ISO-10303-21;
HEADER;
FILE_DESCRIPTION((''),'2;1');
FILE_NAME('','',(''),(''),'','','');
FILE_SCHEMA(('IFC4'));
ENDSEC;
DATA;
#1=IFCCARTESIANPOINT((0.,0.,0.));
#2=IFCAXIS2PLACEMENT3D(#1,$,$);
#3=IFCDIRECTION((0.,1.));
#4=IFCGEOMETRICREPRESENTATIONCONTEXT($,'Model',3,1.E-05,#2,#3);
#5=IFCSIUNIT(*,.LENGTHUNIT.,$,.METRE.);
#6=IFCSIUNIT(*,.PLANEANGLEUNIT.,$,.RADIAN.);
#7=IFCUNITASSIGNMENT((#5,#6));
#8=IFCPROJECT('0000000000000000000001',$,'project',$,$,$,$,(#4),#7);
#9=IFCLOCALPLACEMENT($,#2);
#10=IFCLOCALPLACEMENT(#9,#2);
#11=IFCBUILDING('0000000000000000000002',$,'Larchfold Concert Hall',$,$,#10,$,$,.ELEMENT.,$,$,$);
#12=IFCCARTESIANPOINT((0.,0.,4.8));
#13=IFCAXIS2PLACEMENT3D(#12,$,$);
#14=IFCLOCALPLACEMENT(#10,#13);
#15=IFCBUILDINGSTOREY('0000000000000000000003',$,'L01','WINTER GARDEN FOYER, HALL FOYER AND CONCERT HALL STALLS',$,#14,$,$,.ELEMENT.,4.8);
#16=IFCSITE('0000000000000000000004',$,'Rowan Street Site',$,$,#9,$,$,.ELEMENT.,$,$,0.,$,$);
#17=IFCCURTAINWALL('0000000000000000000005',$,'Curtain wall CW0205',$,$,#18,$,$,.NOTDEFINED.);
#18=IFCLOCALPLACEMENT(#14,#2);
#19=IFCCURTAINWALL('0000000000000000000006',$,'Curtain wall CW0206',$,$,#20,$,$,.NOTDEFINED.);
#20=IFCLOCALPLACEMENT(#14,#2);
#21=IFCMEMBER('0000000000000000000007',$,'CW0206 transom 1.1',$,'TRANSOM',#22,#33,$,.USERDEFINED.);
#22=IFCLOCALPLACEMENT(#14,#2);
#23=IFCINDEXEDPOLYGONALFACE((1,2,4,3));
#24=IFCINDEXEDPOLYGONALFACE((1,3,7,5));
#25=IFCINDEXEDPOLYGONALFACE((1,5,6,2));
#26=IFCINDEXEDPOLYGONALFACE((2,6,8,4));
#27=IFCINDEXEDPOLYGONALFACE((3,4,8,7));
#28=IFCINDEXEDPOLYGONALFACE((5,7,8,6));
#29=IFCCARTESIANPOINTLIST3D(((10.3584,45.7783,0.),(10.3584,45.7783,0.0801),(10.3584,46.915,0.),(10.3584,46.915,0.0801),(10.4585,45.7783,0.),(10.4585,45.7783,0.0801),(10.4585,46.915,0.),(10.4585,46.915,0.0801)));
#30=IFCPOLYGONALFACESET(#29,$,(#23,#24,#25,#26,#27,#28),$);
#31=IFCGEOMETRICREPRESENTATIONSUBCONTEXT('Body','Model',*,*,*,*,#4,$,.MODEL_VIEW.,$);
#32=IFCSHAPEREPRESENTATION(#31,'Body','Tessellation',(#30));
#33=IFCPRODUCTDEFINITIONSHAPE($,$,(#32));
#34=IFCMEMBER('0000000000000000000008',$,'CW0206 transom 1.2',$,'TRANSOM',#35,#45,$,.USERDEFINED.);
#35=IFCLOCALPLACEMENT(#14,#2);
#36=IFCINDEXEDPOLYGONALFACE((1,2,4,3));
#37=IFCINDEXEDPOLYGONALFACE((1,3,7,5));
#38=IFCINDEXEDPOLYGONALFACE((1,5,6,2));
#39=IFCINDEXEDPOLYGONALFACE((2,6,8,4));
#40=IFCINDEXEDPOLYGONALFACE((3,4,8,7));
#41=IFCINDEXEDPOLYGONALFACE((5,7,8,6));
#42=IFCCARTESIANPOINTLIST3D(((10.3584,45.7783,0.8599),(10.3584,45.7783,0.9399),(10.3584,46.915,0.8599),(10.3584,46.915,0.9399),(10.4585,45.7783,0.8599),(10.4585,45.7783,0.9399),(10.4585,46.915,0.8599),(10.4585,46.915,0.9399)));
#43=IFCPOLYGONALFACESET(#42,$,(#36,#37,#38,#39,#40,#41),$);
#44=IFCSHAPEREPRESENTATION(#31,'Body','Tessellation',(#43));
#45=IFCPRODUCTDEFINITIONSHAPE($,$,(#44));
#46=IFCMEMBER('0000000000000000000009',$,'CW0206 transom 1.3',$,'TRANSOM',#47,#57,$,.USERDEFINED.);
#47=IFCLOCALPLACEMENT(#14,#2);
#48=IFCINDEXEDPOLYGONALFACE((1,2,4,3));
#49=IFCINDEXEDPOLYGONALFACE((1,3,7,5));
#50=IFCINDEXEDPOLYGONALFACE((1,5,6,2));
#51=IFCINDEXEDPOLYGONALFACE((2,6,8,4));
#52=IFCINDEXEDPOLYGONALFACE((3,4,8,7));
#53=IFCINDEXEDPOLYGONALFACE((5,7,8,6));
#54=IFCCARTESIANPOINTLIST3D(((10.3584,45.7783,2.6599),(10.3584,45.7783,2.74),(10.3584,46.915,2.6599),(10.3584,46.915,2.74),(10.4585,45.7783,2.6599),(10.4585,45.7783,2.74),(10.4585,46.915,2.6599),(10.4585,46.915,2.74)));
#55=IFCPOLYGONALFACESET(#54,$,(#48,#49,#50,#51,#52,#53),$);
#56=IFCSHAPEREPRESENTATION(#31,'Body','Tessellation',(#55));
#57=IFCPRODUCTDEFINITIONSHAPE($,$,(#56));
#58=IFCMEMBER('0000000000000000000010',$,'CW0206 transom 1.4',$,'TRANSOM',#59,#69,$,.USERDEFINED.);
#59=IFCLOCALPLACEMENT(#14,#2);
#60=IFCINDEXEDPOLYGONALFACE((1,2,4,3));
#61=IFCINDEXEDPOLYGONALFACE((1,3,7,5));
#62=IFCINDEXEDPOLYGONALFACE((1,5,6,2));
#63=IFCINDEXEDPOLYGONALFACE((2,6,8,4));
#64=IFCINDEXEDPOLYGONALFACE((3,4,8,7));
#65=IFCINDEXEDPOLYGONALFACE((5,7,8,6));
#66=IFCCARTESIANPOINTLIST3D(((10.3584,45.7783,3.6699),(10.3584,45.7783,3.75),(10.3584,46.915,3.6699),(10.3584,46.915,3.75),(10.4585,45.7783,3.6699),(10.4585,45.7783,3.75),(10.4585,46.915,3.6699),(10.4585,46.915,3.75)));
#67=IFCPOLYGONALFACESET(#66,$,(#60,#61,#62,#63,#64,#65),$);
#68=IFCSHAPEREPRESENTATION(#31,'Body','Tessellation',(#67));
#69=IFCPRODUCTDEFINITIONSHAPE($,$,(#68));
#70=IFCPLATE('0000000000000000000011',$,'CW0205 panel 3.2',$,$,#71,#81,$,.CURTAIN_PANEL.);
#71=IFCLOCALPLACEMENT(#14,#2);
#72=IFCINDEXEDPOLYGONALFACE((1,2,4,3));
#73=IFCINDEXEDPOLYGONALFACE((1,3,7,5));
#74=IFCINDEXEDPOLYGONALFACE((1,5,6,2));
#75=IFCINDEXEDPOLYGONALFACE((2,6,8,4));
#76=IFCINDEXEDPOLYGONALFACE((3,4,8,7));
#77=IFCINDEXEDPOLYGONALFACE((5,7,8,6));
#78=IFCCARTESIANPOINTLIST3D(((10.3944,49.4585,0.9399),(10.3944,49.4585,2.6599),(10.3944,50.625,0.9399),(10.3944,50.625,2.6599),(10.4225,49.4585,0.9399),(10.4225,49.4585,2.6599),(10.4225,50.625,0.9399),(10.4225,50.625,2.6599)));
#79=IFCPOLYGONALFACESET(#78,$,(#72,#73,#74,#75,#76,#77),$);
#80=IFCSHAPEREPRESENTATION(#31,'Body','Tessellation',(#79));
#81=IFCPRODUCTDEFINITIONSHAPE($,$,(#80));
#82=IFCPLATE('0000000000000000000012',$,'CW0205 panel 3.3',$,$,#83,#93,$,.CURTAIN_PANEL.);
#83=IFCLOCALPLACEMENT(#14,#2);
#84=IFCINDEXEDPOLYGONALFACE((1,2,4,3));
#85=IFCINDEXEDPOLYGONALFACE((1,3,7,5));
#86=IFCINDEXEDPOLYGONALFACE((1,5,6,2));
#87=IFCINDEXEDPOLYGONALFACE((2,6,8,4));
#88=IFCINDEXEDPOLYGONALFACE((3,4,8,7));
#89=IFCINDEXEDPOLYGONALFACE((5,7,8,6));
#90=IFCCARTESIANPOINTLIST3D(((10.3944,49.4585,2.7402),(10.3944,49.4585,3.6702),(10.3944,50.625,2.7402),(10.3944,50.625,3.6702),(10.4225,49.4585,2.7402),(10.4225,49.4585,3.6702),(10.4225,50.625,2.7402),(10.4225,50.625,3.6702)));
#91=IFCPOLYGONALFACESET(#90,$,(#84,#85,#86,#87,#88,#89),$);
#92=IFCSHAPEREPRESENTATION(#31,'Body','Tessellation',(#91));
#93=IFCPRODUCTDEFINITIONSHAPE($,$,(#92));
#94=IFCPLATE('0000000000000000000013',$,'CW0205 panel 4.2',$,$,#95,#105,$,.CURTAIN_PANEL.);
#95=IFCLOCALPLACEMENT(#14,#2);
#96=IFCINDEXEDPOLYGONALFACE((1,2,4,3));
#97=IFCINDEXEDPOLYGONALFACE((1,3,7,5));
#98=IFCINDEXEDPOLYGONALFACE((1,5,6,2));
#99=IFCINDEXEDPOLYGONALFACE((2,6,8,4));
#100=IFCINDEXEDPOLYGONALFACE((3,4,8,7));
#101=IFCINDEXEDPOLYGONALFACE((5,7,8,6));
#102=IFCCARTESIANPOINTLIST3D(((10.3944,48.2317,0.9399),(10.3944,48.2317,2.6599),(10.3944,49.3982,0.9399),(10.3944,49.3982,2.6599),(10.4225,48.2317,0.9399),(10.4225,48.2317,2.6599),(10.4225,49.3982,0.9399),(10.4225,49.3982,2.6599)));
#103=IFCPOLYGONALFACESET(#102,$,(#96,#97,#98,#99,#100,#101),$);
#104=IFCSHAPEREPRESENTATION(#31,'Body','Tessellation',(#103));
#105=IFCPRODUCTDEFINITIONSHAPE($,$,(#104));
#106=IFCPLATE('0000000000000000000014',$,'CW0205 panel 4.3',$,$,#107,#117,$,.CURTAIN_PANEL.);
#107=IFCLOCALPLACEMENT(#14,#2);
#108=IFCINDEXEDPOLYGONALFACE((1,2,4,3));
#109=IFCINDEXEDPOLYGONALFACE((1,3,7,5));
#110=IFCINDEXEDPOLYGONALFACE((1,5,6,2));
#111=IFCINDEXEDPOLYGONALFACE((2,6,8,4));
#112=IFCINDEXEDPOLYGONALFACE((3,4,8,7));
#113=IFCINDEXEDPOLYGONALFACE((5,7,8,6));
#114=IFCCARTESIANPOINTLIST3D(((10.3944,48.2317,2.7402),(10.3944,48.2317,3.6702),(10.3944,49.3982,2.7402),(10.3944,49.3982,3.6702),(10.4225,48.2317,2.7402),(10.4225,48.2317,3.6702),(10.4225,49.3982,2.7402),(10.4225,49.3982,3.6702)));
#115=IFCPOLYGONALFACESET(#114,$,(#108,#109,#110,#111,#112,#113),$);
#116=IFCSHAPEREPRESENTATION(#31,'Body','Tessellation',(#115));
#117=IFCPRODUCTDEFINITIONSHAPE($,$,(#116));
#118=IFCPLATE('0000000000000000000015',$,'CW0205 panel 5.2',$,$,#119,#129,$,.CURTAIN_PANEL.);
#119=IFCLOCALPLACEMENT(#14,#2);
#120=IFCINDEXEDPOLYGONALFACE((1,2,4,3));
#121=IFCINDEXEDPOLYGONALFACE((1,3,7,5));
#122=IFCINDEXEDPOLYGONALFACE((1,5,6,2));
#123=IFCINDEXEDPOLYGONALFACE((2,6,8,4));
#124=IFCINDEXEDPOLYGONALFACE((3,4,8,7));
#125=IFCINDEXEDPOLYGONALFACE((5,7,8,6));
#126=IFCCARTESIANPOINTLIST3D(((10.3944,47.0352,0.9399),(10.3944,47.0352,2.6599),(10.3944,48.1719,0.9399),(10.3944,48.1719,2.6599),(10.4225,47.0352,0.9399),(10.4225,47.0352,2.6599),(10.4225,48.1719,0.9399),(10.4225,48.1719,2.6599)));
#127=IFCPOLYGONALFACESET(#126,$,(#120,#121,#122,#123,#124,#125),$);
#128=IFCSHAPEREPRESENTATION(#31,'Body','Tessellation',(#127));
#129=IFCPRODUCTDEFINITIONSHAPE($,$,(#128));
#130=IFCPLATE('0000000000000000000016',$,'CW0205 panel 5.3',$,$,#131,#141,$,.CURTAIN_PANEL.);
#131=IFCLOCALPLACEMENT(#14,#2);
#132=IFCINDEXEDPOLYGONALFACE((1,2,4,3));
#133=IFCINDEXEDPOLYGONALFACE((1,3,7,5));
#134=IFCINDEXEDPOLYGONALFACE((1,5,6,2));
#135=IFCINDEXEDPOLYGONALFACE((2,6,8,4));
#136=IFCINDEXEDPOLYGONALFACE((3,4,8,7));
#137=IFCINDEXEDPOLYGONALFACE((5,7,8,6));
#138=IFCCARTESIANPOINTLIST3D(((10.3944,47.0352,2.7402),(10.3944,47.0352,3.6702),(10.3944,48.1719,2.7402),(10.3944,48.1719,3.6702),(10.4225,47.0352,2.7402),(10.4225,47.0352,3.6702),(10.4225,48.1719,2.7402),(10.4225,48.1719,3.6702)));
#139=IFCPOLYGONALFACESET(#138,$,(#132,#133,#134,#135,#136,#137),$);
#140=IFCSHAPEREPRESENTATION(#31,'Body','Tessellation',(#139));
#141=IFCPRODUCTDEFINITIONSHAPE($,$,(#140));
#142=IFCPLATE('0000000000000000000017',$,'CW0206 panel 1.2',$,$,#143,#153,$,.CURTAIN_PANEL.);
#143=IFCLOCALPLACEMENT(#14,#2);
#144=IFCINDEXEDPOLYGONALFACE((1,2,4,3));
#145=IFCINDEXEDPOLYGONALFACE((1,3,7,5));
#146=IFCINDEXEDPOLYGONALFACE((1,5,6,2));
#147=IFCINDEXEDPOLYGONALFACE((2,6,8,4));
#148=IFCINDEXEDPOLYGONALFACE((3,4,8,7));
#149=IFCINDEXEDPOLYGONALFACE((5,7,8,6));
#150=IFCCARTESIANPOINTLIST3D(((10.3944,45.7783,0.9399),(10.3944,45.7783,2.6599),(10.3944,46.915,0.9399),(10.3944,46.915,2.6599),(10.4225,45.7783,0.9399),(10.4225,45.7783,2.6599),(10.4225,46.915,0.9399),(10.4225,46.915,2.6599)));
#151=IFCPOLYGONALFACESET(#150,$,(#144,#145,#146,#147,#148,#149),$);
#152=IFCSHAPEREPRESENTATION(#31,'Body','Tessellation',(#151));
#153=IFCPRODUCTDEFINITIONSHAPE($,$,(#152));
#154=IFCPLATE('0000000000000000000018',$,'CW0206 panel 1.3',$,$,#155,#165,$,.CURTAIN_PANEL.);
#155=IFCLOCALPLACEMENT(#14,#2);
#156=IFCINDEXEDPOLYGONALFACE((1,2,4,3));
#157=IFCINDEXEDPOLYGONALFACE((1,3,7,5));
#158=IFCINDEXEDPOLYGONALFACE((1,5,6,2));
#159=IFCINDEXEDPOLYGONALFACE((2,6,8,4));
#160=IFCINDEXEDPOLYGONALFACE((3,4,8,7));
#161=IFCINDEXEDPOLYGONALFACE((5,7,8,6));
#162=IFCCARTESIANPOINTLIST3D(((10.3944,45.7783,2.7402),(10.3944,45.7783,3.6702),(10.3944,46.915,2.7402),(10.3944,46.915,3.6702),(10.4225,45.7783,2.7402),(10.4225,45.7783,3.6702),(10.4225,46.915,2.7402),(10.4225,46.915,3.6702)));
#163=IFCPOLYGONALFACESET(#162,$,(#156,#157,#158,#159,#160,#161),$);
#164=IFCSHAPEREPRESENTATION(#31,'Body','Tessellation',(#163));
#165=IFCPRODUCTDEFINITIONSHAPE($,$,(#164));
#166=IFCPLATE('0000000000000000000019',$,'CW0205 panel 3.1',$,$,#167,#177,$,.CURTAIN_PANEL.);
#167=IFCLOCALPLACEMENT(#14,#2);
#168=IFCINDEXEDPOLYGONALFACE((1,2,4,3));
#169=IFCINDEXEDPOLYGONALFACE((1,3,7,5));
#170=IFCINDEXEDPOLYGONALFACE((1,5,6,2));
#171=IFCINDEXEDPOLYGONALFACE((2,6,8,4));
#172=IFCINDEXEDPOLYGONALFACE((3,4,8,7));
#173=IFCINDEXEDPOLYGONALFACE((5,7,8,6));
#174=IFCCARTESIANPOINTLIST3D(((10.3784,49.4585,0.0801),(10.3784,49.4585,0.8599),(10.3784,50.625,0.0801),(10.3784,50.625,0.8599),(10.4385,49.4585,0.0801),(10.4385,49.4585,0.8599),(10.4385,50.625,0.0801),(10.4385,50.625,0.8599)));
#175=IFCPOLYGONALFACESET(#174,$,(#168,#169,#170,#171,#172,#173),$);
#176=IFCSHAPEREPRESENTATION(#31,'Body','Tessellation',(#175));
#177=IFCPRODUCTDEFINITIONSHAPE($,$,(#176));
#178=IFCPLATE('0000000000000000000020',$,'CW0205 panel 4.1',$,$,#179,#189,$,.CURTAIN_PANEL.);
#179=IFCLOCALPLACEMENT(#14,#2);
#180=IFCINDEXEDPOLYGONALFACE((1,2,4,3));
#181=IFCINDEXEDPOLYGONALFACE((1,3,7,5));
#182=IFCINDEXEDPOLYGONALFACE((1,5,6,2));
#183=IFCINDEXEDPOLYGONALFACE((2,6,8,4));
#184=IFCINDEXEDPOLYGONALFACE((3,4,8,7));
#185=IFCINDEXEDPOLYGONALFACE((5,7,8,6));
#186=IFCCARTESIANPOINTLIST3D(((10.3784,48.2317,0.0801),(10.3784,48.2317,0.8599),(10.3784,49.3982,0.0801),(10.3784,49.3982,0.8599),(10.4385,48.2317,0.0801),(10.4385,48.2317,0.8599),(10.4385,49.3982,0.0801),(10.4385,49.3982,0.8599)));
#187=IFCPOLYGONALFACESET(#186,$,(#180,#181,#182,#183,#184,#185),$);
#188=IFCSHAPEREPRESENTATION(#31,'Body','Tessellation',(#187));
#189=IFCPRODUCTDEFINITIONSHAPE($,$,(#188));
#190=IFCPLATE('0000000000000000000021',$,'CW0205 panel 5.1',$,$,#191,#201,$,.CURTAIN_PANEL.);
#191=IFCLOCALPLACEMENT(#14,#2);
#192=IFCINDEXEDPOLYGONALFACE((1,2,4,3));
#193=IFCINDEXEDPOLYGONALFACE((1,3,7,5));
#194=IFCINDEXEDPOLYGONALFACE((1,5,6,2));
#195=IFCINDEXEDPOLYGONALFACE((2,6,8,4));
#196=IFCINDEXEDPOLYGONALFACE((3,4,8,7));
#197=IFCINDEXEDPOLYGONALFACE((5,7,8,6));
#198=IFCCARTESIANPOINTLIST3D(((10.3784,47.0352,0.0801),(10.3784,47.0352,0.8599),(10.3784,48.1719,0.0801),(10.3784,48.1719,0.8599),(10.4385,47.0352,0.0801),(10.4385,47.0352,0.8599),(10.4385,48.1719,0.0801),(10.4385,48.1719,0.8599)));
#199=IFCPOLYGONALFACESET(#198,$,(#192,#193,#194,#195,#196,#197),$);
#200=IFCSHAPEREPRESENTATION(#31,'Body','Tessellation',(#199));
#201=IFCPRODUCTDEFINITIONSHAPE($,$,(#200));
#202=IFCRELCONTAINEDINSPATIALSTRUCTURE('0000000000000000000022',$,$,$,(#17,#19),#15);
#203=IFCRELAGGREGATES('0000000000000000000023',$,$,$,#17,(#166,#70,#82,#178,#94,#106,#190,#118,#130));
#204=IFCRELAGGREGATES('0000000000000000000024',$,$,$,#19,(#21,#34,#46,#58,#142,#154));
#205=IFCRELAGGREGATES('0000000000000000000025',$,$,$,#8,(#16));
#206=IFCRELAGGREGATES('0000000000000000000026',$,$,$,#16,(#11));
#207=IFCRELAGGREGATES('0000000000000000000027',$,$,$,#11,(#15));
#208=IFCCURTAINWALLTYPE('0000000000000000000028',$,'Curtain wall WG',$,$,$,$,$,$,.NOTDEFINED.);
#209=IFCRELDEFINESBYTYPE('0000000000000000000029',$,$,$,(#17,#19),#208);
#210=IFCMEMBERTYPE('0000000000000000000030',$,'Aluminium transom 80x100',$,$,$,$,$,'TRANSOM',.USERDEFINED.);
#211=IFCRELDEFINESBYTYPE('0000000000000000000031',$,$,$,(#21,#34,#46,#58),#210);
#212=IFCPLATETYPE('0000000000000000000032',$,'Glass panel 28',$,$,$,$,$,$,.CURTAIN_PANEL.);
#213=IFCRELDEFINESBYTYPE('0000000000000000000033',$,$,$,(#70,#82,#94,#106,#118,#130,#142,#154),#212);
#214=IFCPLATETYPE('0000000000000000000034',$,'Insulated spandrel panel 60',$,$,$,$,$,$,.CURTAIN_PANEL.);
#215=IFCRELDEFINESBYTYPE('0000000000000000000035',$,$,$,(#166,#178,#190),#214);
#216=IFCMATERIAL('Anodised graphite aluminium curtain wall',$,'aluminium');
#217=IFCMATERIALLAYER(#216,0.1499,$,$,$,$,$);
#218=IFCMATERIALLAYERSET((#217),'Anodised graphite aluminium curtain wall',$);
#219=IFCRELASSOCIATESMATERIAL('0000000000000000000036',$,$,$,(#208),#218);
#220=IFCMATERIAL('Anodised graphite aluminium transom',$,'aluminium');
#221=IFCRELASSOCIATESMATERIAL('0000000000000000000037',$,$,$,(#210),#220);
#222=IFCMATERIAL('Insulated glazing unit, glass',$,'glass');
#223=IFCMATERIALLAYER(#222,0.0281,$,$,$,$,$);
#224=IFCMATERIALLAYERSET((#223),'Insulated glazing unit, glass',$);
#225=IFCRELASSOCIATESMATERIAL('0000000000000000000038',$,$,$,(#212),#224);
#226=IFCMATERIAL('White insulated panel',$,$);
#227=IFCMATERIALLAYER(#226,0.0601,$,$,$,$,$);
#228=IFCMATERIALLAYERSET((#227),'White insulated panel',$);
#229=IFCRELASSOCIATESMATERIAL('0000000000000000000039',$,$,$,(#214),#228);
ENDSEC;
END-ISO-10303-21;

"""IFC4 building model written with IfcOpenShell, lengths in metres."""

from ifc_helpers import new_model, si_unit, direction, frame, origin, origin_2d, place, context, subcontext, project, spatial, rectangle, extrude, material, layer, layer_set, material_profile, profile_set, type_object, element, aggregate, save


model = new_model("IFC4")

# Units and contexts
model_context = context("Model", 3, precision=1e-05, world=origin(), true_north=direction((0.0, 1.0)))
body_context = subcontext(model_context, "Body", "Model", "MODEL_VIEW")
ifc_project = project(units=[si_unit("LENGTHUNIT", "METRE"), si_unit("PLANEANGLEUNIT", "RADIAN")], contexts=[model_context])

# Site, building, storey
site_placement = place(None, origin())
site = spatial("IfcSite", under=ifc_project, at=site_placement, Name="Rowan Street Site", CompositionType="ELEMENT", RefElevation=0.0)
building_placement = place(site_placement, origin())
building = spatial("IfcBuilding", under=site, at=building_placement, Name="Larchfold Concert Hall", CompositionType="ELEMENT")
storey_placement = place(building_placement, frame((0.0, 0.0, 4.8)))
storey = spatial("IfcBuildingStorey", under=building, at=storey_placement, Name="L01", Description="WINTER GARDEN FOYER, HALL FOYER AND CONCERT HALL STALLS", CompositionType="ELEMENT", Elevation=4.8)

# Curtain walls
ifc_material_1 = material(Name="Anodised graphite aluminium curtain wall", Category="aluminium")
ifc_layer_1 = layer(ifc_material_1, 0.1499)
ifc_layer_set_1 = layer_set([ifc_layer_1], Name="Anodised graphite aluminium curtain wall")
curtain_wall_type = type_object("IfcCurtainWallType", Name="Curtain wall WG", PredefinedType="NOTDEFINED", material=ifc_layer_set_1)
curtain_wall_1_placement = place(storey_placement, origin())
curtain_wall_1 = element("IfcCurtainWall", 1, at=curtain_wall_1_placement, inside=storey, type_object=curtain_wall_type, Name="Curtain wall CW0205", PredefinedType="NOTDEFINED")
curtain_wall_2_placement = place(storey_placement, origin())
curtain_wall_2 = element("IfcCurtainWall", 2, at=curtain_wall_2_placement, inside=storey, type_object=curtain_wall_type, Name="Curtain wall CW0206", PredefinedType="NOTDEFINED")

# Members
ifc_material_2 = material(Name="Anodised graphite aluminium transom", Category="aluminium")
ifc_material_profile_1 = material_profile(ifc_material_2, rectangle(XDim=0.1001, YDim=0.0801, at=origin_2d()))
ifc_profile_set_1 = profile_set([ifc_material_profile_1], Name="Anodised graphite aluminium transom")
member_type_1 = type_object("IfcMemberType", Name="Aluminium transom 80x100", ElementType="TRANSOM", PredefinedType="USERDEFINED", material=ifc_profile_set_1)
member_1_placement = place(storey_placement, frame((10.4084, 46.915, 0.04), z_axis=(0.0, -1.0, 0.0), x_axis=(1.0, 0.0, 0.0)))
member_1 = element("IfcMember", 3, at=member_1_placement, type_object=member_type_1, Name="CW0206 transom 1.1", ObjectType="TRANSOM", PredefinedType="USERDEFINED", context=body_context, shape_type="SweptSolid", body=[
    extrude(rectangle(XDim=0.1001, YDim=0.0801, at=origin_2d()), origin(), (0.0, 0.0, 1.0), 1.1367),
])
member_2_placement = place(storey_placement, frame((10.4084, 46.915, 0.8999), z_axis=(0.0, -1.0, 0.0), x_axis=(1.0, 0.0, 0.0)))
member_2 = element("IfcMember", 4, at=member_2_placement, type_object=member_type_1, Name="CW0206 transom 1.2", ObjectType="TRANSOM", PredefinedType="USERDEFINED", context=body_context, shape_type="SweptSolid", body=[
    extrude(rectangle(XDim=0.1001, YDim=0.0801, at=origin_2d()), origin(), (0.0, 0.0, 1.0), 1.1367),
])
member_3_placement = place(storey_placement, frame((10.4084, 46.915, 2.7), z_axis=(0.0, -1.0, 0.0), x_axis=(1.0, 0.0, 0.0)))
member_3 = element("IfcMember", 5, at=member_3_placement, type_object=member_type_1, Name="CW0206 transom 1.3", ObjectType="TRANSOM", PredefinedType="USERDEFINED", context=body_context, shape_type="SweptSolid", body=[
    extrude(rectangle(XDim=0.1001, YDim=0.0801, at=origin_2d()), origin(), (0.0, 0.0, 1.0), 1.1367),
])
member_4_placement = place(storey_placement, frame((10.4084, 46.915, 3.71), z_axis=(0.0, -1.0, 0.0), x_axis=(1.0, 0.0, 0.0)))
member_4 = element("IfcMember", 6, at=member_4_placement, type_object=member_type_1, Name="CW0206 transom 1.4", ObjectType="TRANSOM", PredefinedType="USERDEFINED", context=body_context, shape_type="SweptSolid", body=[
    extrude(rectangle(XDim=0.1001, YDim=0.0801, at=origin_2d()), origin(), (0.0, 0.0, 1.0), 1.1367),
])

# Plates
ifc_material_3 = material(Name="Insulated glazing unit, glass", Category="glass")
ifc_layer_2 = layer(ifc_material_3, 0.0281)
ifc_layer_set_2 = layer_set([ifc_layer_2], Name="Insulated glazing unit, glass")
plate_type_1 = type_object("IfcPlateType", Name="Glass panel 28", PredefinedType="CURTAIN_PANEL", material=ifc_layer_set_2)
plate_1_placement = place(storey_placement, frame((10.4084, 50.0417, 0.9399), z_axis=(0.0, 0.0, 1.0), x_axis=(0.0, -1.0, 0.0)))
plate_1 = element("IfcPlate", 7, at=plate_1_placement, type_object=plate_type_1, Name="CW0205 panel 3.2", PredefinedType="CURTAIN_PANEL", context=body_context, shape_type="SweptSolid", body=[
    extrude(rectangle(XDim=1.1665, YDim=0.0281, at=origin_2d()), origin(), (0.0, 0.0, 1.0), 1.72),
])
plate_2_placement = place(storey_placement, frame((10.4084, 50.0417, 2.7402), z_axis=(0.0, 0.0, 1.0), x_axis=(0.0, -1.0, 0.0)))
plate_2 = element("IfcPlate", 8, at=plate_2_placement, type_object=plate_type_1, Name="CW0205 panel 3.3", PredefinedType="CURTAIN_PANEL", context=body_context, shape_type="SweptSolid", body=[
    extrude(rectangle(XDim=1.1665, YDim=0.0281, at=origin_2d()), origin(), (0.0, 0.0, 1.0), 0.9299),
])
plate_3_placement = place(storey_placement, frame((10.4084, 48.8149, 0.9399), z_axis=(0.0, 0.0, 1.0), x_axis=(0.0, -1.0, 0.0)))
plate_3 = element("IfcPlate", 9, at=plate_3_placement, type_object=plate_type_1, Name="CW0205 panel 4.2", PredefinedType="CURTAIN_PANEL", context=body_context, shape_type="SweptSolid", body=[
    extrude(rectangle(XDim=1.1665, YDim=0.0281, at=origin_2d()), origin(), (0.0, 0.0, 1.0), 1.72),
])
plate_4_placement = place(storey_placement, frame((10.4084, 48.8149, 2.7402), z_axis=(0.0, 0.0, 1.0), x_axis=(0.0, -1.0, 0.0)))
plate_4 = element("IfcPlate", 10, at=plate_4_placement, type_object=plate_type_1, Name="CW0205 panel 4.3", PredefinedType="CURTAIN_PANEL", context=body_context, shape_type="SweptSolid", body=[
    extrude(rectangle(XDim=1.1665, YDim=0.0281, at=origin_2d()), origin(), (0.0, 0.0, 1.0), 0.9299),
])
plate_5_placement = place(storey_placement, frame((10.4084, 47.6035, 0.9399), z_axis=(0.0, 0.0, 1.0), x_axis=(0.0, -1.0, 0.0)))
plate_5 = element("IfcPlate", 11, at=plate_5_placement, type_object=plate_type_1, Name="CW0205 panel 5.2", PredefinedType="CURTAIN_PANEL", context=body_context, shape_type="SweptSolid", body=[
    extrude(rectangle(XDim=1.1367, YDim=0.0281, at=origin_2d()), origin(), (0.0, 0.0, 1.0), 1.72),
])
plate_6_placement = place(storey_placement, frame((10.4084, 47.6035, 2.7402), z_axis=(0.0, 0.0, 1.0), x_axis=(0.0, -1.0, 0.0)))
plate_6 = element("IfcPlate", 12, at=plate_6_placement, type_object=plate_type_1, Name="CW0205 panel 5.3", PredefinedType="CURTAIN_PANEL", context=body_context, shape_type="SweptSolid", body=[
    extrude(rectangle(XDim=1.1367, YDim=0.0281, at=origin_2d()), origin(), (0.0, 0.0, 1.0), 0.9299),
])
plate_7_placement = place(storey_placement, frame((10.4084, 46.3467, 0.9399), z_axis=(0.0, 0.0, 1.0), x_axis=(0.0, -1.0, 0.0)))
plate_7 = element("IfcPlate", 13, at=plate_7_placement, type_object=plate_type_1, Name="CW0206 panel 1.2", PredefinedType="CURTAIN_PANEL", context=body_context, shape_type="SweptSolid", body=[
    extrude(rectangle(XDim=1.1367, YDim=0.0281, at=origin_2d()), origin(), (0.0, 0.0, 1.0), 1.72),
])
plate_8_placement = place(storey_placement, frame((10.4084, 46.3467, 2.7402), z_axis=(0.0, 0.0, 1.0), x_axis=(0.0, -1.0, 0.0)))
plate_8 = element("IfcPlate", 14, at=plate_8_placement, type_object=plate_type_1, Name="CW0206 panel 1.3", PredefinedType="CURTAIN_PANEL", context=body_context, shape_type="SweptSolid", body=[
    extrude(rectangle(XDim=1.1367, YDim=0.0281, at=origin_2d()), origin(), (0.0, 0.0, 1.0), 0.9299),
])
ifc_material_4 = material(Name="White insulated panel")
ifc_layer_3 = layer(ifc_material_4, 0.0601)
ifc_layer_set_3 = layer_set([ifc_layer_3], Name="White insulated panel")
plate_type_2 = type_object("IfcPlateType", Name="Insulated spandrel panel 60", PredefinedType="CURTAIN_PANEL", material=ifc_layer_set_3)
plate_9_placement = place(storey_placement, frame((10.4084, 50.0417, 0.0801), z_axis=(0.0, 0.0, 1.0), x_axis=(0.0, -1.0, 0.0)))
plate_9 = element("IfcPlate", 15, at=plate_9_placement, type_object=plate_type_2, Name="CW0205 panel 3.1", PredefinedType="CURTAIN_PANEL", context=body_context, shape_type="SweptSolid", body=[
    extrude(rectangle(XDim=1.1665, YDim=0.0601, at=origin_2d()), origin(), (0.0, 0.0, 1.0), 0.7798),
])
plate_10_placement = place(storey_placement, frame((10.4084, 48.8149, 0.0801), z_axis=(0.0, 0.0, 1.0), x_axis=(0.0, -1.0, 0.0)))
plate_10 = element("IfcPlate", 16, at=plate_10_placement, type_object=plate_type_2, Name="CW0205 panel 4.1", PredefinedType="CURTAIN_PANEL", context=body_context, shape_type="SweptSolid", body=[
    extrude(rectangle(XDim=1.1665, YDim=0.0601, at=origin_2d()), origin(), (0.0, 0.0, 1.0), 0.7798),
])
plate_11_placement = place(storey_placement, frame((10.4084, 47.6035, 0.0801), z_axis=(0.0, 0.0, 1.0), x_axis=(0.0, -1.0, 0.0)))
plate_11 = element("IfcPlate", 17, at=plate_11_placement, type_object=plate_type_2, Name="CW0205 panel 5.1", PredefinedType="CURTAIN_PANEL", context=body_context, shape_type="SweptSolid", body=[
    extrude(rectangle(XDim=1.1367, YDim=0.0601, at=origin_2d()), origin(), (0.0, 0.0, 1.0), 0.7798),
])
aggregate(curtain_wall_1, [plate_9, plate_1, plate_2, plate_10, plate_3, plate_4, plate_11, plate_5, plate_6])
aggregate(curtain_wall_2, [member_1, member_2, member_3, member_4, plate_7, plate_8])

save(model, "model.ifc")
